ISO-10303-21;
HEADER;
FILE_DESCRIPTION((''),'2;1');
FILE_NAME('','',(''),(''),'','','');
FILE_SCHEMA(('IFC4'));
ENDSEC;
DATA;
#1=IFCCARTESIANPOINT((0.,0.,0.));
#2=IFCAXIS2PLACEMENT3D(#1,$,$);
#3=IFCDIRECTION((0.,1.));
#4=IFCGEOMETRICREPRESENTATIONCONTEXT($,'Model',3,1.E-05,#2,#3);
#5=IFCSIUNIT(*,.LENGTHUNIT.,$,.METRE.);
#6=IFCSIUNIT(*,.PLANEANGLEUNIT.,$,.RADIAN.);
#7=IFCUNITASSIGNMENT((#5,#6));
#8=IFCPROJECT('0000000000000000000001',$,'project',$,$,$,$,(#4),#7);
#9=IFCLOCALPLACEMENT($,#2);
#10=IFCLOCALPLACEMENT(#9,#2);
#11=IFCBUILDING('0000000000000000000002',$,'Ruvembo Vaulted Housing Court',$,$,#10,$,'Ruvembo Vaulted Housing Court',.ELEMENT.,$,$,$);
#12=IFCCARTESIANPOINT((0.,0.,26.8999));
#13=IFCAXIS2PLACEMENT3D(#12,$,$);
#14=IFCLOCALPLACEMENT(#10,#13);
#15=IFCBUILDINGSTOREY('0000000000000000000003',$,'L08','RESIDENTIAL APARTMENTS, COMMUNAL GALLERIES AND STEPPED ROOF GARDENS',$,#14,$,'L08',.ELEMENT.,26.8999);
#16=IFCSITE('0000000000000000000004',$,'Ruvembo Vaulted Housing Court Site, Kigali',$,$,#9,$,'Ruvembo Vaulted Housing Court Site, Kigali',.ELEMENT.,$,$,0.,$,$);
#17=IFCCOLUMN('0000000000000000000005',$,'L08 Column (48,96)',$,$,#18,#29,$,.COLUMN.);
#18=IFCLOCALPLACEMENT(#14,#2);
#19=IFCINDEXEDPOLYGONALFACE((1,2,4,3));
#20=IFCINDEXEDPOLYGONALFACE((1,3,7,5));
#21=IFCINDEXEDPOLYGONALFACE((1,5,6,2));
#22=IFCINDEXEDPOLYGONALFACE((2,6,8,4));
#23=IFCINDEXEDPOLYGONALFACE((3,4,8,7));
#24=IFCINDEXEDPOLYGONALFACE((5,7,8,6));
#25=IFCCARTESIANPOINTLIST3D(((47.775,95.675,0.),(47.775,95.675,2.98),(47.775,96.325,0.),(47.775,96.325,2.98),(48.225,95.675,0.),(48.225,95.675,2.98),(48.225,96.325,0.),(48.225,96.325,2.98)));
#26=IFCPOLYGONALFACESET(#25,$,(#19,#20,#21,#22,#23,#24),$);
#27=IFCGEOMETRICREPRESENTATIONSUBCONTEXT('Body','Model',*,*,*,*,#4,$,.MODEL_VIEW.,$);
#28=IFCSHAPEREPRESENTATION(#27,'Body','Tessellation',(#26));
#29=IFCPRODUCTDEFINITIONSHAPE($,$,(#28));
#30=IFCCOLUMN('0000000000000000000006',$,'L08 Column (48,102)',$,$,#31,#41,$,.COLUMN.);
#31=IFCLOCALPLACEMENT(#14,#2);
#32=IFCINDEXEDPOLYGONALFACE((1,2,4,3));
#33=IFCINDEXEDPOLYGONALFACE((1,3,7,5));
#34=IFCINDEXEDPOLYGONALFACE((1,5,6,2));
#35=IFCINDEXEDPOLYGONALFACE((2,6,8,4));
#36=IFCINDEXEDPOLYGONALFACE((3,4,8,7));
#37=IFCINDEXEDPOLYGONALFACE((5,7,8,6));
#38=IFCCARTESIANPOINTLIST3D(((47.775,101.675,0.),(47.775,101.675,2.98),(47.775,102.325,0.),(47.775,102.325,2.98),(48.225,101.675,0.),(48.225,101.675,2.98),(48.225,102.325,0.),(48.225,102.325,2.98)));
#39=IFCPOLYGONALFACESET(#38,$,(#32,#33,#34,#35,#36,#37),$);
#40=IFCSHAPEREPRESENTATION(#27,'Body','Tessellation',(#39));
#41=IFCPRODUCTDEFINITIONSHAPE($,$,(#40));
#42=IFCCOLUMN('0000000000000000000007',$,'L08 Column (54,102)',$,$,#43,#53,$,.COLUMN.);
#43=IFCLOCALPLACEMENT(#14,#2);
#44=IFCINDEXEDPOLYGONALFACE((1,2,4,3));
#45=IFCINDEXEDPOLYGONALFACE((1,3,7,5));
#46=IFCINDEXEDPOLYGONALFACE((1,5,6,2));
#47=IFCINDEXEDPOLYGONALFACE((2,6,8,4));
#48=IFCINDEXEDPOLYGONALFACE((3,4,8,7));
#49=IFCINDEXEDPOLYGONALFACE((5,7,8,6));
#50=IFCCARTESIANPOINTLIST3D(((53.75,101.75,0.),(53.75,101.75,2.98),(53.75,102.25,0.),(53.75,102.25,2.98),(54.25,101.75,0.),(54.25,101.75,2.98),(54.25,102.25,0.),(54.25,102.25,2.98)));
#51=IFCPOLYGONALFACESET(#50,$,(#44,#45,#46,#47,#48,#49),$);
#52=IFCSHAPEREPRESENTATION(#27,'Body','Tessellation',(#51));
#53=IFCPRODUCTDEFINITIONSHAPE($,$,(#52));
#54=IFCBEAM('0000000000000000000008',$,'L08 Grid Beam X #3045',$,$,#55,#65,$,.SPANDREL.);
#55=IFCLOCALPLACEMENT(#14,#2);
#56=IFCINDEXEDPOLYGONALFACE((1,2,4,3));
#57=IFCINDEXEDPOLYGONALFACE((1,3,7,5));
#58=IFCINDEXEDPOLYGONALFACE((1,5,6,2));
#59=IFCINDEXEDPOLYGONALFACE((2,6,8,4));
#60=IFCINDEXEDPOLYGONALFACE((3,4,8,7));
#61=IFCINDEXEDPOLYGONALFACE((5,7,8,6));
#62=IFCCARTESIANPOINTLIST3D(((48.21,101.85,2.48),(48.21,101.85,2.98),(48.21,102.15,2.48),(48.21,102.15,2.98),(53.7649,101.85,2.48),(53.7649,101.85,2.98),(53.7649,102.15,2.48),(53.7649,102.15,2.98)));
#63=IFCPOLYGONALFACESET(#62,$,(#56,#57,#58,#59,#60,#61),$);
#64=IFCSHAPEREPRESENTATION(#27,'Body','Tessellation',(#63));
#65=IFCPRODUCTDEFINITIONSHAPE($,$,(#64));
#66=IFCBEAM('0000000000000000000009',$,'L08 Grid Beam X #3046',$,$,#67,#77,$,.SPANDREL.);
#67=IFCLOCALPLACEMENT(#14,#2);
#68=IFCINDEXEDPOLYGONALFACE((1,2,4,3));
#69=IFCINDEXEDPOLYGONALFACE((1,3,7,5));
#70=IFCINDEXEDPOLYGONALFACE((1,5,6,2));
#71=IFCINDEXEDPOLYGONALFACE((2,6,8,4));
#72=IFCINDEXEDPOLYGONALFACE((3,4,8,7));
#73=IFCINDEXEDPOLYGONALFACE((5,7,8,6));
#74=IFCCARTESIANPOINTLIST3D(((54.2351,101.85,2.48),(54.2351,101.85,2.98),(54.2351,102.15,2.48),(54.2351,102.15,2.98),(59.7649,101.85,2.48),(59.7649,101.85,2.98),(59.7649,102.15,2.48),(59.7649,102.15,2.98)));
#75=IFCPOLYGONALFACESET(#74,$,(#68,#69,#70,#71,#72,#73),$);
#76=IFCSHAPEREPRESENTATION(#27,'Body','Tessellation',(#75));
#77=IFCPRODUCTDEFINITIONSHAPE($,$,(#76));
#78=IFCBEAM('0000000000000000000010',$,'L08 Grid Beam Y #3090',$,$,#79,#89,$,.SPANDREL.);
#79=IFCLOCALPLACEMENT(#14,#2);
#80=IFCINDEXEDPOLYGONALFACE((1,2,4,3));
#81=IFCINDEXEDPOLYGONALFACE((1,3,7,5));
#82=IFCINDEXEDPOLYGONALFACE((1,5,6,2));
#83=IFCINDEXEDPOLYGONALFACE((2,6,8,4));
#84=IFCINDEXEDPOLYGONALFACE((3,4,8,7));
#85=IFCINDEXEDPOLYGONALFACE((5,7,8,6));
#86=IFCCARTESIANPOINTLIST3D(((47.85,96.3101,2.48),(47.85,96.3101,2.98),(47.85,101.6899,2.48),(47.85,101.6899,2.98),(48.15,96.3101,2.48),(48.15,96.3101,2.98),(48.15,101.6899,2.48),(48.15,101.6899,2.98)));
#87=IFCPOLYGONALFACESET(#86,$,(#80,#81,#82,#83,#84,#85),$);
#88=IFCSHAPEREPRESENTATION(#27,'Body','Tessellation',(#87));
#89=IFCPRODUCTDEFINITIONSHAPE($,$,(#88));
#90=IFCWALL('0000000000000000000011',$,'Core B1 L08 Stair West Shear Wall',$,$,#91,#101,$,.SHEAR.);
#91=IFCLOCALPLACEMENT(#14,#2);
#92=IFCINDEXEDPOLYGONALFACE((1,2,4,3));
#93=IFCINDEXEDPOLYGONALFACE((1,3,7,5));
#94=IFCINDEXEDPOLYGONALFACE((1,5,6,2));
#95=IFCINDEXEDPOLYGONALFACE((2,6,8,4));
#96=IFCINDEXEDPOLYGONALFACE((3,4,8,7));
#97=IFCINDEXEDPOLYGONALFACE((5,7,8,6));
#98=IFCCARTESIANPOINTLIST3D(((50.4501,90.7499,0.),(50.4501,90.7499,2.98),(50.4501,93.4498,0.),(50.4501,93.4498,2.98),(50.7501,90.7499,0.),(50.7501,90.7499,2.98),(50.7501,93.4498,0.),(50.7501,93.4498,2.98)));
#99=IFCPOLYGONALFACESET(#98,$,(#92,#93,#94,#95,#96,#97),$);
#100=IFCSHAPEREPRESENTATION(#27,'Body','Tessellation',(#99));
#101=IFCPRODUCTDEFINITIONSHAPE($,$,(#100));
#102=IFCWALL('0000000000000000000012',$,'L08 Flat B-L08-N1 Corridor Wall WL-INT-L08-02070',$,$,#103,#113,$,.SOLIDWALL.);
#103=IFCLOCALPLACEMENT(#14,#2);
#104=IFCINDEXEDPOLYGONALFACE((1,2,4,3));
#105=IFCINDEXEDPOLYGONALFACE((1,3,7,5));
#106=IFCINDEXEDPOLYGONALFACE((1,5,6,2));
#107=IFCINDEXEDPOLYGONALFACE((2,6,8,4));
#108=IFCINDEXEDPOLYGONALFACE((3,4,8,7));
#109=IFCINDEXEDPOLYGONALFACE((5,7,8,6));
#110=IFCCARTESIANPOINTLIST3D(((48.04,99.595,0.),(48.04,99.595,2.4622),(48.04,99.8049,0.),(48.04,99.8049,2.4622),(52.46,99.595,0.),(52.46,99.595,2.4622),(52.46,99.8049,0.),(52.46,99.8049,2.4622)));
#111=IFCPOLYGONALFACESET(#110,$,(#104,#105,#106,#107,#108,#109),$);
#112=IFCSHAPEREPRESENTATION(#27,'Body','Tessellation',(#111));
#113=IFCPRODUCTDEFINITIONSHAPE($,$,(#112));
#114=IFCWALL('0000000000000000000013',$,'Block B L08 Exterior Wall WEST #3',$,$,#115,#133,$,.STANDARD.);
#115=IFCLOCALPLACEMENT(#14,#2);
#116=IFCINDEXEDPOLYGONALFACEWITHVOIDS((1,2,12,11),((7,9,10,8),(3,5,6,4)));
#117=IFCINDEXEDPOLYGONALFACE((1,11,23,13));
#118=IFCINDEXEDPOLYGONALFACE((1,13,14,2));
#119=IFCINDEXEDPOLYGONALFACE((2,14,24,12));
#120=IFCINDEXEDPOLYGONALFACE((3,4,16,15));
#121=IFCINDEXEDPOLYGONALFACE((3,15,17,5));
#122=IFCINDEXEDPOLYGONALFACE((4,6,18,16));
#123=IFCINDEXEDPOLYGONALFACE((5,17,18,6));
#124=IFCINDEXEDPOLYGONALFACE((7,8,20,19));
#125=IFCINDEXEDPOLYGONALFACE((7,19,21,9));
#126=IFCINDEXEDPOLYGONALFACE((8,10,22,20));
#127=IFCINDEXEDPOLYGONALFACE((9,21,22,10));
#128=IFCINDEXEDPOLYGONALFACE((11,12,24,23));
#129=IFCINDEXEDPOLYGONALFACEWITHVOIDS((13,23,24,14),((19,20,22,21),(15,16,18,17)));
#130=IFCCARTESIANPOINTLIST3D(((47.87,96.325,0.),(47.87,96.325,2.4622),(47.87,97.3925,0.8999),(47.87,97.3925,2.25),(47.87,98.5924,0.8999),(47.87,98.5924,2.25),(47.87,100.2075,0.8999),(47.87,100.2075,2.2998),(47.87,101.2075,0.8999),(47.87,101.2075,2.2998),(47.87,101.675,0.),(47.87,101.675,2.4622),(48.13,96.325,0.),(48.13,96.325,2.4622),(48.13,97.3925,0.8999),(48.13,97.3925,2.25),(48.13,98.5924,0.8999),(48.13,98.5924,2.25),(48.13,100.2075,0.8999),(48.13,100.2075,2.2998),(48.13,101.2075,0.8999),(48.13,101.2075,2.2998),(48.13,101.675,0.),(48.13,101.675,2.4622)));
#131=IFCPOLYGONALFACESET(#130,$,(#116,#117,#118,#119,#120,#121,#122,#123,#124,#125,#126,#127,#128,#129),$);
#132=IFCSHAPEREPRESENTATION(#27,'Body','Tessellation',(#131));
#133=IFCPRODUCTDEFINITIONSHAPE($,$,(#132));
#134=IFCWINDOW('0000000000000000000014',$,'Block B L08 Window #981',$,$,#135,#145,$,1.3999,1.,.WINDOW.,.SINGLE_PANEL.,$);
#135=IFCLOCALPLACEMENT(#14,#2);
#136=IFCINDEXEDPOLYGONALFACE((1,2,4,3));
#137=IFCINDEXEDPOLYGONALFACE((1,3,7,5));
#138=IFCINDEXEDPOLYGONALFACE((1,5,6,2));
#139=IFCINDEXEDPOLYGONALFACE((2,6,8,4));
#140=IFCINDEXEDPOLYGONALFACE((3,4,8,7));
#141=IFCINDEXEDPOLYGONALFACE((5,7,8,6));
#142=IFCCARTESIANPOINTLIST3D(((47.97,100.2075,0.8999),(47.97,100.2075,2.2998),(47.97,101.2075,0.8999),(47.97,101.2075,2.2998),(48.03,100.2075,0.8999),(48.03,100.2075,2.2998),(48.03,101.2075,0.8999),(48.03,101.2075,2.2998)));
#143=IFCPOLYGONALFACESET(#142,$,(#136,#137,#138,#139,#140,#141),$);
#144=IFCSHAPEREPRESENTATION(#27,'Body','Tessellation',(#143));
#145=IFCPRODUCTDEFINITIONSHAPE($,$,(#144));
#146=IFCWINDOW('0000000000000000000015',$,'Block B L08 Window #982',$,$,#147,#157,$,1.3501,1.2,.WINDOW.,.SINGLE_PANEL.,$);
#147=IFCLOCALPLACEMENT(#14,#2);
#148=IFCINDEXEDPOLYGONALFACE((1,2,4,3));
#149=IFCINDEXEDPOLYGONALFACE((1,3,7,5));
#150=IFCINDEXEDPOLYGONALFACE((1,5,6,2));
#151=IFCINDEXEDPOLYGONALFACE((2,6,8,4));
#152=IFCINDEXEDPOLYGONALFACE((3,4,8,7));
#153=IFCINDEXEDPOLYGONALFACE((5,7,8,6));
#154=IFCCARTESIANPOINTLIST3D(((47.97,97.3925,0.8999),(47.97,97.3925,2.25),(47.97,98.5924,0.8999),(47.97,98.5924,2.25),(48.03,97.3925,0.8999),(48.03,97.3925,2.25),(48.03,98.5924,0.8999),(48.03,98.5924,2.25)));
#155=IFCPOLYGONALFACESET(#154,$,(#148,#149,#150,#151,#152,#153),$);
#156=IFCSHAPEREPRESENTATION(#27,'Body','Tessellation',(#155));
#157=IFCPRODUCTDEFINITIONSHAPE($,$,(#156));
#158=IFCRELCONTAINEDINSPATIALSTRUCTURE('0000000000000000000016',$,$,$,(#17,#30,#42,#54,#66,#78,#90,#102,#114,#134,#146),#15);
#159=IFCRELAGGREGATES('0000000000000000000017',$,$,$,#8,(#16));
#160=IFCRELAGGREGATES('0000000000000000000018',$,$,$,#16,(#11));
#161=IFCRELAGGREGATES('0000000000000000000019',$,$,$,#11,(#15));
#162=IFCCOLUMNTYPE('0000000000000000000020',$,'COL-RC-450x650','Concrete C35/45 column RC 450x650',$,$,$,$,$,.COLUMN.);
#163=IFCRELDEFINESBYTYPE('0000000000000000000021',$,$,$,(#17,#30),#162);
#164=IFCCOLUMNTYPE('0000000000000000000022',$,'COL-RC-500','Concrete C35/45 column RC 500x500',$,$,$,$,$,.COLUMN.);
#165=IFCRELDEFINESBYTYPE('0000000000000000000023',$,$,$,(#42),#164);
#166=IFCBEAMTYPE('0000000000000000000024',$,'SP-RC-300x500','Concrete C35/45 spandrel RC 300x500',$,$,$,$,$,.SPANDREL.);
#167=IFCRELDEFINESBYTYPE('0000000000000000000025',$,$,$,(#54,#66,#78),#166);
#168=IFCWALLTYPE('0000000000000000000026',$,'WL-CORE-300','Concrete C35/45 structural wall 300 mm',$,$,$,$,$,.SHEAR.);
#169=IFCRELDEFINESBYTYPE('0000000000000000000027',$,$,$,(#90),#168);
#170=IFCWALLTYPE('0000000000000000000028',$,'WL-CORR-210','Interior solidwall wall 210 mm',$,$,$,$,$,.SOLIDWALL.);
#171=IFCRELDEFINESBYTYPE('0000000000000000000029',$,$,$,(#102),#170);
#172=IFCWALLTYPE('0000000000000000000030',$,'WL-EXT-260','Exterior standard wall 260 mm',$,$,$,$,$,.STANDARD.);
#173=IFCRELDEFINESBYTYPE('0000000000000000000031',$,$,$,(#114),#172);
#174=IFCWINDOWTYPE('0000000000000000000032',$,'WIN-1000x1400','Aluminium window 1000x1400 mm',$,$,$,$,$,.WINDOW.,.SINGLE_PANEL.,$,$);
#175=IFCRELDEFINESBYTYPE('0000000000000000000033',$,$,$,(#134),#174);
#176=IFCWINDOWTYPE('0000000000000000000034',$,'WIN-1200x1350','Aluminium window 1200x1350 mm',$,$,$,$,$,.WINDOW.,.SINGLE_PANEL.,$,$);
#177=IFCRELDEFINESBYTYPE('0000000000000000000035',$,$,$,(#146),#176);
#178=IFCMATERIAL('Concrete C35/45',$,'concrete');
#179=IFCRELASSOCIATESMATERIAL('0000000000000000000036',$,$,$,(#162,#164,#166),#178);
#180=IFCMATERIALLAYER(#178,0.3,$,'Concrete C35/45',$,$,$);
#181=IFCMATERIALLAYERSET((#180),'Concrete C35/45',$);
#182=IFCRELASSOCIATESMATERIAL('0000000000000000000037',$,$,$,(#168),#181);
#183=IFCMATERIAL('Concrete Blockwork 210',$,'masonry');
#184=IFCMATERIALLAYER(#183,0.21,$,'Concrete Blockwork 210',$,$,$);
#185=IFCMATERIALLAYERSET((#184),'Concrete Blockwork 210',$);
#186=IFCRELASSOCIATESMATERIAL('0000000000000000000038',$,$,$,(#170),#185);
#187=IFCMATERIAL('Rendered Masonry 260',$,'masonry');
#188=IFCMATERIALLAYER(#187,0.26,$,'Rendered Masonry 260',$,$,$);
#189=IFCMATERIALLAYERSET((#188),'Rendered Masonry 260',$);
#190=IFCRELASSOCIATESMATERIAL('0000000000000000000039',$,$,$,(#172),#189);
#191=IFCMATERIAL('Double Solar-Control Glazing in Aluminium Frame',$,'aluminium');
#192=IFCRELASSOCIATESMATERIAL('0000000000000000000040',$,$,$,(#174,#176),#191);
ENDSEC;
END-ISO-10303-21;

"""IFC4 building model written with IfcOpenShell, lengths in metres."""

from ifc_helpers import new_model, si_unit, direction, frame, frame_2d, origin, origin_2d, place, context, subcontext, project, spatial, rectangle, extrude, material, layer, layer_set, material_profile, profile_set, type_object, element, fill, save


model = new_model("IFC4")

# Units and contexts
model_context = context("Model", 3, precision=1e-05, world=origin(), true_north=direction((0.0, 1.0)))
body_context = subcontext(model_context, "Body", "Model", "MODEL_VIEW")
ifc_project = project(units=[si_unit("LENGTHUNIT", "METRE"), si_unit("PLANEANGLEUNIT", "RADIAN")], contexts=[model_context])

# Site, building, storey
site_placement = place(None, origin())
site = spatial("IfcSite", under=ifc_project, at=site_placement, Name="Ruvembo Vaulted Housing Court Site, Kigali", LongName="Ruvembo Vaulted Housing Court Site, Kigali", CompositionType="ELEMENT", RefElevation=0.0)
building_placement = place(site_placement, origin())
building = spatial("IfcBuilding", under=site, at=building_placement, Name="Ruvembo Vaulted Housing Court", LongName="Ruvembo Vaulted Housing Court", CompositionType="ELEMENT")
storey_placement = place(building_placement, frame((0.0, 0.0, 26.8999)))
storey = spatial("IfcBuildingStorey", under=building, at=storey_placement, Name="L08", Description="RESIDENTIAL APARTMENTS, COMMUNAL GALLERIES AND STEPPED ROOF GARDENS", LongName="L08", CompositionType="ELEMENT", Elevation=26.8999)

# Columns
ifc_material_1 = material(Name="Concrete C35/45", Category="concrete")
ifc_material_profile_1 = material_profile(ifc_material_1, rectangle(XDim=0.45, YDim=0.6499, at=origin_2d()), Name="RC 450x650")
ifc_profile_set_1 = profile_set([ifc_material_profile_1], Name="Concrete C35/45")
column_type_1 = type_object("IfcColumnType", Name="COL-RC-450x650", Description="Concrete C35/45 column RC 450x650", PredefinedType="COLUMN", material=ifc_profile_set_1)
for number, where, z_axis, x_axis, name in (
    (1, (48.0, 96.0, 0.0), (0.0, 0.0, 1.0), (1.0, 0.0, 0.0), "L08 Column (48,96)"),
    (2, (48.0, 102.0, 0.0), (0.0, 0.0, 1.0), (1.0, 0.0, 0.0), "L08 Column (48,102)"),
):
    element("IfcColumn", number, at=place(storey_placement, frame(where, z_axis=z_axis, x_axis=x_axis)), inside=storey, type_object=column_type_1, Name=name, PredefinedType="COLUMN", context=body_context, shape_type="SweptSolid", body=[
        extrude(rectangle(XDim=0.45, YDim=0.6499, at=origin_2d()), origin(), (0.0, 0.0, 1.0), 2.98),
    ])
ifc_material_profile_2 = material_profile(ifc_material_1, rectangle(XDim=0.5, YDim=0.5, at=origin_2d()), Name="RC 500x500")
ifc_profile_set_2 = profile_set([ifc_material_profile_2], Name="Concrete C35/45")
column_type_2 = type_object("IfcColumnType", Name="COL-RC-500", Description="Concrete C35/45 column RC 500x500", PredefinedType="COLUMN", material=ifc_profile_set_2)
column_placement = place(storey_placement, frame((54.0, 102.0, 0.0), z_axis=(0.0, 0.0, 1.0), x_axis=(1.0, 0.0, 0.0)))
element("IfcColumn", 3, at=column_placement, inside=storey, type_object=column_type_2, Name="L08 Column (54,102)", PredefinedType="COLUMN", context=body_context, shape_type="SweptSolid", body=[
    extrude(rectangle(XDim=0.5, YDim=0.5, at=origin_2d()), origin(), (0.0, 0.0, 1.0), 2.98),
])

# Beams
ifc_material_profile_3 = material_profile(ifc_material_1, rectangle(XDim=0.3, YDim=0.5, at=origin_2d()), Name="RC 300x500")
ifc_profile_set_3 = profile_set([ifc_material_profile_3], Name="Concrete C35/45")
beam_type = type_object("IfcBeamType", Name="SP-RC-300x500", Description="Concrete C35/45 spandrel RC 300x500", PredefinedType="SPANDREL", material=ifc_profile_set_3)
beam_1_placement = place(storey_placement, frame((48.21, 102.0, 2.73), z_axis=(1.0, 0.0, 0.0), x_axis=(0.0, 1.0, 0.0)))
element("IfcBeam", 4, at=beam_1_placement, inside=storey, type_object=beam_type, Name="L08 Grid Beam X #3045", PredefinedType="SPANDREL", context=body_context, shape_type="SweptSolid", body=[
    extrude(rectangle(XDim=0.3, YDim=0.5, at=origin_2d()), origin(), (0.0, 0.0, 1.0), 5.5549),
])
beam_2_placement = place(storey_placement, frame((54.2351, 102.0, 2.73), z_axis=(1.0, 0.0, 0.0), x_axis=(0.0, 1.0, 0.0)))
element("IfcBeam", 5, at=beam_2_placement, inside=storey, type_object=beam_type, Name="L08 Grid Beam X #3046", PredefinedType="SPANDREL", context=body_context, shape_type="SweptSolid", body=[
    extrude(rectangle(XDim=0.3, YDim=0.5, at=origin_2d()), origin(), (0.0, 0.0, 1.0), 5.5298),
])
beam_3_placement = place(storey_placement, frame((48.0, 96.3101, 2.73), z_axis=(0.0, 1.0, 0.0), x_axis=(-1.0, 0.0, 0.0)))
element("IfcBeam", 6, at=beam_3_placement, inside=storey, type_object=beam_type, Name="L08 Grid Beam Y #3090", PredefinedType="SPANDREL", context=body_context, shape_type="SweptSolid", body=[
    extrude(rectangle(XDim=0.3, YDim=0.5, at=origin_2d()), origin(), (0.0, 0.0, 1.0), 5.3799),
])

# Walls
ifc_layer_1 = layer(ifc_material_1, 0.3, Name="Concrete C35/45")
ifc_layer_set_1 = layer_set([ifc_layer_1], Name="Concrete C35/45")
wall_type_1 = type_object("IfcWallType", Name="WL-CORE-300", Description="Concrete C35/45 structural wall 300 mm", PredefinedType="SHEAR", material=ifc_layer_set_1)
wall_1_placement = place(storey_placement, frame((50.6001, 93.45, 0.0), z_axis=(0.0, 0.0, 1.0), x_axis=(0.0, -1.0, 0.0)))
element("IfcWall", 7, at=wall_1_placement, inside=storey, type_object=wall_type_1, Name="Core B1 L08 Stair West Shear Wall", PredefinedType="SHEAR", context=body_context, shape_type="SweptSolid", body=[
    extrude(rectangle(XDim=2.7, YDim=0.3, at=frame_2d((1.3501, 0.0))), origin(), (0.0, 0.0, 1.0), 2.98),
])
ifc_material_2 = material(Name="Concrete Blockwork 210", Category="masonry")
ifc_layer_2 = layer(ifc_material_2, 0.21, Name="Concrete Blockwork 210")
ifc_layer_set_2 = layer_set([ifc_layer_2], Name="Concrete Blockwork 210")
wall_type_2 = type_object("IfcWallType", Name="WL-CORR-210", Description="Interior solidwall wall 210 mm", PredefinedType="SOLIDWALL", material=ifc_layer_set_2)
wall_2_placement = place(storey_placement, frame((48.04, 99.7, 0.0), z_axis=(0.0, 0.0, 1.0), x_axis=(1.0, 0.0, 0.0)))
element("IfcWall", 8, at=wall_2_placement, inside=storey, type_object=wall_type_2, Name="L08 Flat B-L08-N1 Corridor Wall WL-INT-L08-02070", PredefinedType="SOLIDWALL", context=body_context, shape_type="SweptSolid", body=[
    extrude(rectangle(XDim=4.4199, YDim=0.21, at=frame_2d((2.21, 0.0))), origin(), (0.0, 0.0, 1.0), 2.4622),
])

# Wall, openings, windows
ifc_material_3 = material(Name="Rendered Masonry 260", Category="masonry")
ifc_layer_3 = layer(ifc_material_3, 0.26, Name="Rendered Masonry 260")
ifc_layer_set_3 = layer_set([ifc_layer_3], Name="Rendered Masonry 260")
wall_type_3 = type_object("IfcWallType", Name="WL-EXT-260", Description="Exterior standard wall 260 mm", PredefinedType="STANDARD", material=ifc_layer_set_3)
wall_3_placement = place(storey_placement, frame((48.0, 101.675, 0.0), z_axis=(0.0, 0.0, 1.0), x_axis=(0.0, -1.0, 0.0)))
wall_3 = element("IfcWall", 9, at=wall_3_placement, inside=storey, type_object=wall_type_3, Name="Block B L08 Exterior Wall WEST #3", PredefinedType="STANDARD", context=body_context, shape_type="SweptSolid", body=[
    extrude(rectangle(XDim=5.3501, YDim=0.26, at=frame_2d((2.675, 0.0))), origin(), (0.0, 0.0, 1.0), 2.4622),
])
opening_1_placement = place(wall_3_placement, frame((0.4675, 0.0, 0.8999)))
opening_1 = element("IfcOpeningElement", 10, at=opening_1_placement, cuts=wall_3, PredefinedType="OPENING", context=body_context, shape_type="SweptSolid", body=[
    extrude(rectangle(XDim=1.0, YDim=1.3999, at=frame_2d((0.5, 0.7))), frame((0.0, 0.1399, 0.0), z_axis=(0.0, -1.0, 0.0), x_axis=(1.0, 0.0, 0.0)), (0.0, 0.0, 1.0), 0.28),
])
opening_2_placement = place(wall_3_placement, frame((3.0825, 0.0, 0.8999)))
opening_2 = element("IfcOpeningElement", 11, at=opening_2_placement, cuts=wall_3, PredefinedType="OPENING", context=body_context, shape_type="SweptSolid", body=[
    extrude(rectangle(XDim=1.2, YDim=1.3501, at=frame_2d((0.6001, 0.675))), frame((0.0, 0.1399, 0.0), z_axis=(0.0, -1.0, 0.0), x_axis=(1.0, 0.0, 0.0)), (0.0, 0.0, 1.0), 0.28),
])
ifc_material_4 = material(Name="Double Solar-Control Glazing in Aluminium Frame", Category="aluminium")
window_type_1 = type_object("IfcWindowType", Name="WIN-1000x1400", Description="Aluminium window 1000x1400 mm", PartitioningType="SINGLE_PANEL", PredefinedType="WINDOW", material=ifc_material_4)
window_1_placement = place(opening_1_placement, origin())
window_1 = element("IfcWindow", 12, at=window_1_placement, inside=storey, type_object=window_type_1, Name="Block B L08 Window #981", OverallHeight=1.3999, OverallWidth=1.0, PartitioningType="SINGLE_PANEL", PredefinedType="WINDOW", context=body_context, shape_type="SweptSolid", body=[
    extrude(rectangle(XDim=1.0, YDim=1.3999, at=frame_2d((0.5, 0.7))), frame((0.0, 0.03, 0.0), z_axis=(0.0, -1.0, 0.0), x_axis=(1.0, 0.0, 0.0)), (0.0, 0.0, 1.0), 0.0601),
])
fill(opening_1, window_1)
window_type_2 = type_object("IfcWindowType", Name="WIN-1200x1350", Description="Aluminium window 1200x1350 mm", PartitioningType="SINGLE_PANEL", PredefinedType="WINDOW", material=ifc_material_4)
window_2_placement = place(opening_2_placement, origin())
window_2 = element("IfcWindow", 13, at=window_2_placement, inside=storey, type_object=window_type_2, Name="Block B L08 Window #982", OverallHeight=1.3501, OverallWidth=1.2, PartitioningType="SINGLE_PANEL", PredefinedType="WINDOW", context=body_context, shape_type="SweptSolid", body=[
    extrude(rectangle(XDim=1.2, YDim=1.3501, at=frame_2d((0.6001, 0.675))), frame((0.0, 0.03, 0.0), z_axis=(0.0, -1.0, 0.0), x_axis=(1.0, 0.0, 0.0)), (0.0, 0.0, 1.0), 0.0601),
])
fill(opening_2, window_2)

save(model, "model.ifc")
